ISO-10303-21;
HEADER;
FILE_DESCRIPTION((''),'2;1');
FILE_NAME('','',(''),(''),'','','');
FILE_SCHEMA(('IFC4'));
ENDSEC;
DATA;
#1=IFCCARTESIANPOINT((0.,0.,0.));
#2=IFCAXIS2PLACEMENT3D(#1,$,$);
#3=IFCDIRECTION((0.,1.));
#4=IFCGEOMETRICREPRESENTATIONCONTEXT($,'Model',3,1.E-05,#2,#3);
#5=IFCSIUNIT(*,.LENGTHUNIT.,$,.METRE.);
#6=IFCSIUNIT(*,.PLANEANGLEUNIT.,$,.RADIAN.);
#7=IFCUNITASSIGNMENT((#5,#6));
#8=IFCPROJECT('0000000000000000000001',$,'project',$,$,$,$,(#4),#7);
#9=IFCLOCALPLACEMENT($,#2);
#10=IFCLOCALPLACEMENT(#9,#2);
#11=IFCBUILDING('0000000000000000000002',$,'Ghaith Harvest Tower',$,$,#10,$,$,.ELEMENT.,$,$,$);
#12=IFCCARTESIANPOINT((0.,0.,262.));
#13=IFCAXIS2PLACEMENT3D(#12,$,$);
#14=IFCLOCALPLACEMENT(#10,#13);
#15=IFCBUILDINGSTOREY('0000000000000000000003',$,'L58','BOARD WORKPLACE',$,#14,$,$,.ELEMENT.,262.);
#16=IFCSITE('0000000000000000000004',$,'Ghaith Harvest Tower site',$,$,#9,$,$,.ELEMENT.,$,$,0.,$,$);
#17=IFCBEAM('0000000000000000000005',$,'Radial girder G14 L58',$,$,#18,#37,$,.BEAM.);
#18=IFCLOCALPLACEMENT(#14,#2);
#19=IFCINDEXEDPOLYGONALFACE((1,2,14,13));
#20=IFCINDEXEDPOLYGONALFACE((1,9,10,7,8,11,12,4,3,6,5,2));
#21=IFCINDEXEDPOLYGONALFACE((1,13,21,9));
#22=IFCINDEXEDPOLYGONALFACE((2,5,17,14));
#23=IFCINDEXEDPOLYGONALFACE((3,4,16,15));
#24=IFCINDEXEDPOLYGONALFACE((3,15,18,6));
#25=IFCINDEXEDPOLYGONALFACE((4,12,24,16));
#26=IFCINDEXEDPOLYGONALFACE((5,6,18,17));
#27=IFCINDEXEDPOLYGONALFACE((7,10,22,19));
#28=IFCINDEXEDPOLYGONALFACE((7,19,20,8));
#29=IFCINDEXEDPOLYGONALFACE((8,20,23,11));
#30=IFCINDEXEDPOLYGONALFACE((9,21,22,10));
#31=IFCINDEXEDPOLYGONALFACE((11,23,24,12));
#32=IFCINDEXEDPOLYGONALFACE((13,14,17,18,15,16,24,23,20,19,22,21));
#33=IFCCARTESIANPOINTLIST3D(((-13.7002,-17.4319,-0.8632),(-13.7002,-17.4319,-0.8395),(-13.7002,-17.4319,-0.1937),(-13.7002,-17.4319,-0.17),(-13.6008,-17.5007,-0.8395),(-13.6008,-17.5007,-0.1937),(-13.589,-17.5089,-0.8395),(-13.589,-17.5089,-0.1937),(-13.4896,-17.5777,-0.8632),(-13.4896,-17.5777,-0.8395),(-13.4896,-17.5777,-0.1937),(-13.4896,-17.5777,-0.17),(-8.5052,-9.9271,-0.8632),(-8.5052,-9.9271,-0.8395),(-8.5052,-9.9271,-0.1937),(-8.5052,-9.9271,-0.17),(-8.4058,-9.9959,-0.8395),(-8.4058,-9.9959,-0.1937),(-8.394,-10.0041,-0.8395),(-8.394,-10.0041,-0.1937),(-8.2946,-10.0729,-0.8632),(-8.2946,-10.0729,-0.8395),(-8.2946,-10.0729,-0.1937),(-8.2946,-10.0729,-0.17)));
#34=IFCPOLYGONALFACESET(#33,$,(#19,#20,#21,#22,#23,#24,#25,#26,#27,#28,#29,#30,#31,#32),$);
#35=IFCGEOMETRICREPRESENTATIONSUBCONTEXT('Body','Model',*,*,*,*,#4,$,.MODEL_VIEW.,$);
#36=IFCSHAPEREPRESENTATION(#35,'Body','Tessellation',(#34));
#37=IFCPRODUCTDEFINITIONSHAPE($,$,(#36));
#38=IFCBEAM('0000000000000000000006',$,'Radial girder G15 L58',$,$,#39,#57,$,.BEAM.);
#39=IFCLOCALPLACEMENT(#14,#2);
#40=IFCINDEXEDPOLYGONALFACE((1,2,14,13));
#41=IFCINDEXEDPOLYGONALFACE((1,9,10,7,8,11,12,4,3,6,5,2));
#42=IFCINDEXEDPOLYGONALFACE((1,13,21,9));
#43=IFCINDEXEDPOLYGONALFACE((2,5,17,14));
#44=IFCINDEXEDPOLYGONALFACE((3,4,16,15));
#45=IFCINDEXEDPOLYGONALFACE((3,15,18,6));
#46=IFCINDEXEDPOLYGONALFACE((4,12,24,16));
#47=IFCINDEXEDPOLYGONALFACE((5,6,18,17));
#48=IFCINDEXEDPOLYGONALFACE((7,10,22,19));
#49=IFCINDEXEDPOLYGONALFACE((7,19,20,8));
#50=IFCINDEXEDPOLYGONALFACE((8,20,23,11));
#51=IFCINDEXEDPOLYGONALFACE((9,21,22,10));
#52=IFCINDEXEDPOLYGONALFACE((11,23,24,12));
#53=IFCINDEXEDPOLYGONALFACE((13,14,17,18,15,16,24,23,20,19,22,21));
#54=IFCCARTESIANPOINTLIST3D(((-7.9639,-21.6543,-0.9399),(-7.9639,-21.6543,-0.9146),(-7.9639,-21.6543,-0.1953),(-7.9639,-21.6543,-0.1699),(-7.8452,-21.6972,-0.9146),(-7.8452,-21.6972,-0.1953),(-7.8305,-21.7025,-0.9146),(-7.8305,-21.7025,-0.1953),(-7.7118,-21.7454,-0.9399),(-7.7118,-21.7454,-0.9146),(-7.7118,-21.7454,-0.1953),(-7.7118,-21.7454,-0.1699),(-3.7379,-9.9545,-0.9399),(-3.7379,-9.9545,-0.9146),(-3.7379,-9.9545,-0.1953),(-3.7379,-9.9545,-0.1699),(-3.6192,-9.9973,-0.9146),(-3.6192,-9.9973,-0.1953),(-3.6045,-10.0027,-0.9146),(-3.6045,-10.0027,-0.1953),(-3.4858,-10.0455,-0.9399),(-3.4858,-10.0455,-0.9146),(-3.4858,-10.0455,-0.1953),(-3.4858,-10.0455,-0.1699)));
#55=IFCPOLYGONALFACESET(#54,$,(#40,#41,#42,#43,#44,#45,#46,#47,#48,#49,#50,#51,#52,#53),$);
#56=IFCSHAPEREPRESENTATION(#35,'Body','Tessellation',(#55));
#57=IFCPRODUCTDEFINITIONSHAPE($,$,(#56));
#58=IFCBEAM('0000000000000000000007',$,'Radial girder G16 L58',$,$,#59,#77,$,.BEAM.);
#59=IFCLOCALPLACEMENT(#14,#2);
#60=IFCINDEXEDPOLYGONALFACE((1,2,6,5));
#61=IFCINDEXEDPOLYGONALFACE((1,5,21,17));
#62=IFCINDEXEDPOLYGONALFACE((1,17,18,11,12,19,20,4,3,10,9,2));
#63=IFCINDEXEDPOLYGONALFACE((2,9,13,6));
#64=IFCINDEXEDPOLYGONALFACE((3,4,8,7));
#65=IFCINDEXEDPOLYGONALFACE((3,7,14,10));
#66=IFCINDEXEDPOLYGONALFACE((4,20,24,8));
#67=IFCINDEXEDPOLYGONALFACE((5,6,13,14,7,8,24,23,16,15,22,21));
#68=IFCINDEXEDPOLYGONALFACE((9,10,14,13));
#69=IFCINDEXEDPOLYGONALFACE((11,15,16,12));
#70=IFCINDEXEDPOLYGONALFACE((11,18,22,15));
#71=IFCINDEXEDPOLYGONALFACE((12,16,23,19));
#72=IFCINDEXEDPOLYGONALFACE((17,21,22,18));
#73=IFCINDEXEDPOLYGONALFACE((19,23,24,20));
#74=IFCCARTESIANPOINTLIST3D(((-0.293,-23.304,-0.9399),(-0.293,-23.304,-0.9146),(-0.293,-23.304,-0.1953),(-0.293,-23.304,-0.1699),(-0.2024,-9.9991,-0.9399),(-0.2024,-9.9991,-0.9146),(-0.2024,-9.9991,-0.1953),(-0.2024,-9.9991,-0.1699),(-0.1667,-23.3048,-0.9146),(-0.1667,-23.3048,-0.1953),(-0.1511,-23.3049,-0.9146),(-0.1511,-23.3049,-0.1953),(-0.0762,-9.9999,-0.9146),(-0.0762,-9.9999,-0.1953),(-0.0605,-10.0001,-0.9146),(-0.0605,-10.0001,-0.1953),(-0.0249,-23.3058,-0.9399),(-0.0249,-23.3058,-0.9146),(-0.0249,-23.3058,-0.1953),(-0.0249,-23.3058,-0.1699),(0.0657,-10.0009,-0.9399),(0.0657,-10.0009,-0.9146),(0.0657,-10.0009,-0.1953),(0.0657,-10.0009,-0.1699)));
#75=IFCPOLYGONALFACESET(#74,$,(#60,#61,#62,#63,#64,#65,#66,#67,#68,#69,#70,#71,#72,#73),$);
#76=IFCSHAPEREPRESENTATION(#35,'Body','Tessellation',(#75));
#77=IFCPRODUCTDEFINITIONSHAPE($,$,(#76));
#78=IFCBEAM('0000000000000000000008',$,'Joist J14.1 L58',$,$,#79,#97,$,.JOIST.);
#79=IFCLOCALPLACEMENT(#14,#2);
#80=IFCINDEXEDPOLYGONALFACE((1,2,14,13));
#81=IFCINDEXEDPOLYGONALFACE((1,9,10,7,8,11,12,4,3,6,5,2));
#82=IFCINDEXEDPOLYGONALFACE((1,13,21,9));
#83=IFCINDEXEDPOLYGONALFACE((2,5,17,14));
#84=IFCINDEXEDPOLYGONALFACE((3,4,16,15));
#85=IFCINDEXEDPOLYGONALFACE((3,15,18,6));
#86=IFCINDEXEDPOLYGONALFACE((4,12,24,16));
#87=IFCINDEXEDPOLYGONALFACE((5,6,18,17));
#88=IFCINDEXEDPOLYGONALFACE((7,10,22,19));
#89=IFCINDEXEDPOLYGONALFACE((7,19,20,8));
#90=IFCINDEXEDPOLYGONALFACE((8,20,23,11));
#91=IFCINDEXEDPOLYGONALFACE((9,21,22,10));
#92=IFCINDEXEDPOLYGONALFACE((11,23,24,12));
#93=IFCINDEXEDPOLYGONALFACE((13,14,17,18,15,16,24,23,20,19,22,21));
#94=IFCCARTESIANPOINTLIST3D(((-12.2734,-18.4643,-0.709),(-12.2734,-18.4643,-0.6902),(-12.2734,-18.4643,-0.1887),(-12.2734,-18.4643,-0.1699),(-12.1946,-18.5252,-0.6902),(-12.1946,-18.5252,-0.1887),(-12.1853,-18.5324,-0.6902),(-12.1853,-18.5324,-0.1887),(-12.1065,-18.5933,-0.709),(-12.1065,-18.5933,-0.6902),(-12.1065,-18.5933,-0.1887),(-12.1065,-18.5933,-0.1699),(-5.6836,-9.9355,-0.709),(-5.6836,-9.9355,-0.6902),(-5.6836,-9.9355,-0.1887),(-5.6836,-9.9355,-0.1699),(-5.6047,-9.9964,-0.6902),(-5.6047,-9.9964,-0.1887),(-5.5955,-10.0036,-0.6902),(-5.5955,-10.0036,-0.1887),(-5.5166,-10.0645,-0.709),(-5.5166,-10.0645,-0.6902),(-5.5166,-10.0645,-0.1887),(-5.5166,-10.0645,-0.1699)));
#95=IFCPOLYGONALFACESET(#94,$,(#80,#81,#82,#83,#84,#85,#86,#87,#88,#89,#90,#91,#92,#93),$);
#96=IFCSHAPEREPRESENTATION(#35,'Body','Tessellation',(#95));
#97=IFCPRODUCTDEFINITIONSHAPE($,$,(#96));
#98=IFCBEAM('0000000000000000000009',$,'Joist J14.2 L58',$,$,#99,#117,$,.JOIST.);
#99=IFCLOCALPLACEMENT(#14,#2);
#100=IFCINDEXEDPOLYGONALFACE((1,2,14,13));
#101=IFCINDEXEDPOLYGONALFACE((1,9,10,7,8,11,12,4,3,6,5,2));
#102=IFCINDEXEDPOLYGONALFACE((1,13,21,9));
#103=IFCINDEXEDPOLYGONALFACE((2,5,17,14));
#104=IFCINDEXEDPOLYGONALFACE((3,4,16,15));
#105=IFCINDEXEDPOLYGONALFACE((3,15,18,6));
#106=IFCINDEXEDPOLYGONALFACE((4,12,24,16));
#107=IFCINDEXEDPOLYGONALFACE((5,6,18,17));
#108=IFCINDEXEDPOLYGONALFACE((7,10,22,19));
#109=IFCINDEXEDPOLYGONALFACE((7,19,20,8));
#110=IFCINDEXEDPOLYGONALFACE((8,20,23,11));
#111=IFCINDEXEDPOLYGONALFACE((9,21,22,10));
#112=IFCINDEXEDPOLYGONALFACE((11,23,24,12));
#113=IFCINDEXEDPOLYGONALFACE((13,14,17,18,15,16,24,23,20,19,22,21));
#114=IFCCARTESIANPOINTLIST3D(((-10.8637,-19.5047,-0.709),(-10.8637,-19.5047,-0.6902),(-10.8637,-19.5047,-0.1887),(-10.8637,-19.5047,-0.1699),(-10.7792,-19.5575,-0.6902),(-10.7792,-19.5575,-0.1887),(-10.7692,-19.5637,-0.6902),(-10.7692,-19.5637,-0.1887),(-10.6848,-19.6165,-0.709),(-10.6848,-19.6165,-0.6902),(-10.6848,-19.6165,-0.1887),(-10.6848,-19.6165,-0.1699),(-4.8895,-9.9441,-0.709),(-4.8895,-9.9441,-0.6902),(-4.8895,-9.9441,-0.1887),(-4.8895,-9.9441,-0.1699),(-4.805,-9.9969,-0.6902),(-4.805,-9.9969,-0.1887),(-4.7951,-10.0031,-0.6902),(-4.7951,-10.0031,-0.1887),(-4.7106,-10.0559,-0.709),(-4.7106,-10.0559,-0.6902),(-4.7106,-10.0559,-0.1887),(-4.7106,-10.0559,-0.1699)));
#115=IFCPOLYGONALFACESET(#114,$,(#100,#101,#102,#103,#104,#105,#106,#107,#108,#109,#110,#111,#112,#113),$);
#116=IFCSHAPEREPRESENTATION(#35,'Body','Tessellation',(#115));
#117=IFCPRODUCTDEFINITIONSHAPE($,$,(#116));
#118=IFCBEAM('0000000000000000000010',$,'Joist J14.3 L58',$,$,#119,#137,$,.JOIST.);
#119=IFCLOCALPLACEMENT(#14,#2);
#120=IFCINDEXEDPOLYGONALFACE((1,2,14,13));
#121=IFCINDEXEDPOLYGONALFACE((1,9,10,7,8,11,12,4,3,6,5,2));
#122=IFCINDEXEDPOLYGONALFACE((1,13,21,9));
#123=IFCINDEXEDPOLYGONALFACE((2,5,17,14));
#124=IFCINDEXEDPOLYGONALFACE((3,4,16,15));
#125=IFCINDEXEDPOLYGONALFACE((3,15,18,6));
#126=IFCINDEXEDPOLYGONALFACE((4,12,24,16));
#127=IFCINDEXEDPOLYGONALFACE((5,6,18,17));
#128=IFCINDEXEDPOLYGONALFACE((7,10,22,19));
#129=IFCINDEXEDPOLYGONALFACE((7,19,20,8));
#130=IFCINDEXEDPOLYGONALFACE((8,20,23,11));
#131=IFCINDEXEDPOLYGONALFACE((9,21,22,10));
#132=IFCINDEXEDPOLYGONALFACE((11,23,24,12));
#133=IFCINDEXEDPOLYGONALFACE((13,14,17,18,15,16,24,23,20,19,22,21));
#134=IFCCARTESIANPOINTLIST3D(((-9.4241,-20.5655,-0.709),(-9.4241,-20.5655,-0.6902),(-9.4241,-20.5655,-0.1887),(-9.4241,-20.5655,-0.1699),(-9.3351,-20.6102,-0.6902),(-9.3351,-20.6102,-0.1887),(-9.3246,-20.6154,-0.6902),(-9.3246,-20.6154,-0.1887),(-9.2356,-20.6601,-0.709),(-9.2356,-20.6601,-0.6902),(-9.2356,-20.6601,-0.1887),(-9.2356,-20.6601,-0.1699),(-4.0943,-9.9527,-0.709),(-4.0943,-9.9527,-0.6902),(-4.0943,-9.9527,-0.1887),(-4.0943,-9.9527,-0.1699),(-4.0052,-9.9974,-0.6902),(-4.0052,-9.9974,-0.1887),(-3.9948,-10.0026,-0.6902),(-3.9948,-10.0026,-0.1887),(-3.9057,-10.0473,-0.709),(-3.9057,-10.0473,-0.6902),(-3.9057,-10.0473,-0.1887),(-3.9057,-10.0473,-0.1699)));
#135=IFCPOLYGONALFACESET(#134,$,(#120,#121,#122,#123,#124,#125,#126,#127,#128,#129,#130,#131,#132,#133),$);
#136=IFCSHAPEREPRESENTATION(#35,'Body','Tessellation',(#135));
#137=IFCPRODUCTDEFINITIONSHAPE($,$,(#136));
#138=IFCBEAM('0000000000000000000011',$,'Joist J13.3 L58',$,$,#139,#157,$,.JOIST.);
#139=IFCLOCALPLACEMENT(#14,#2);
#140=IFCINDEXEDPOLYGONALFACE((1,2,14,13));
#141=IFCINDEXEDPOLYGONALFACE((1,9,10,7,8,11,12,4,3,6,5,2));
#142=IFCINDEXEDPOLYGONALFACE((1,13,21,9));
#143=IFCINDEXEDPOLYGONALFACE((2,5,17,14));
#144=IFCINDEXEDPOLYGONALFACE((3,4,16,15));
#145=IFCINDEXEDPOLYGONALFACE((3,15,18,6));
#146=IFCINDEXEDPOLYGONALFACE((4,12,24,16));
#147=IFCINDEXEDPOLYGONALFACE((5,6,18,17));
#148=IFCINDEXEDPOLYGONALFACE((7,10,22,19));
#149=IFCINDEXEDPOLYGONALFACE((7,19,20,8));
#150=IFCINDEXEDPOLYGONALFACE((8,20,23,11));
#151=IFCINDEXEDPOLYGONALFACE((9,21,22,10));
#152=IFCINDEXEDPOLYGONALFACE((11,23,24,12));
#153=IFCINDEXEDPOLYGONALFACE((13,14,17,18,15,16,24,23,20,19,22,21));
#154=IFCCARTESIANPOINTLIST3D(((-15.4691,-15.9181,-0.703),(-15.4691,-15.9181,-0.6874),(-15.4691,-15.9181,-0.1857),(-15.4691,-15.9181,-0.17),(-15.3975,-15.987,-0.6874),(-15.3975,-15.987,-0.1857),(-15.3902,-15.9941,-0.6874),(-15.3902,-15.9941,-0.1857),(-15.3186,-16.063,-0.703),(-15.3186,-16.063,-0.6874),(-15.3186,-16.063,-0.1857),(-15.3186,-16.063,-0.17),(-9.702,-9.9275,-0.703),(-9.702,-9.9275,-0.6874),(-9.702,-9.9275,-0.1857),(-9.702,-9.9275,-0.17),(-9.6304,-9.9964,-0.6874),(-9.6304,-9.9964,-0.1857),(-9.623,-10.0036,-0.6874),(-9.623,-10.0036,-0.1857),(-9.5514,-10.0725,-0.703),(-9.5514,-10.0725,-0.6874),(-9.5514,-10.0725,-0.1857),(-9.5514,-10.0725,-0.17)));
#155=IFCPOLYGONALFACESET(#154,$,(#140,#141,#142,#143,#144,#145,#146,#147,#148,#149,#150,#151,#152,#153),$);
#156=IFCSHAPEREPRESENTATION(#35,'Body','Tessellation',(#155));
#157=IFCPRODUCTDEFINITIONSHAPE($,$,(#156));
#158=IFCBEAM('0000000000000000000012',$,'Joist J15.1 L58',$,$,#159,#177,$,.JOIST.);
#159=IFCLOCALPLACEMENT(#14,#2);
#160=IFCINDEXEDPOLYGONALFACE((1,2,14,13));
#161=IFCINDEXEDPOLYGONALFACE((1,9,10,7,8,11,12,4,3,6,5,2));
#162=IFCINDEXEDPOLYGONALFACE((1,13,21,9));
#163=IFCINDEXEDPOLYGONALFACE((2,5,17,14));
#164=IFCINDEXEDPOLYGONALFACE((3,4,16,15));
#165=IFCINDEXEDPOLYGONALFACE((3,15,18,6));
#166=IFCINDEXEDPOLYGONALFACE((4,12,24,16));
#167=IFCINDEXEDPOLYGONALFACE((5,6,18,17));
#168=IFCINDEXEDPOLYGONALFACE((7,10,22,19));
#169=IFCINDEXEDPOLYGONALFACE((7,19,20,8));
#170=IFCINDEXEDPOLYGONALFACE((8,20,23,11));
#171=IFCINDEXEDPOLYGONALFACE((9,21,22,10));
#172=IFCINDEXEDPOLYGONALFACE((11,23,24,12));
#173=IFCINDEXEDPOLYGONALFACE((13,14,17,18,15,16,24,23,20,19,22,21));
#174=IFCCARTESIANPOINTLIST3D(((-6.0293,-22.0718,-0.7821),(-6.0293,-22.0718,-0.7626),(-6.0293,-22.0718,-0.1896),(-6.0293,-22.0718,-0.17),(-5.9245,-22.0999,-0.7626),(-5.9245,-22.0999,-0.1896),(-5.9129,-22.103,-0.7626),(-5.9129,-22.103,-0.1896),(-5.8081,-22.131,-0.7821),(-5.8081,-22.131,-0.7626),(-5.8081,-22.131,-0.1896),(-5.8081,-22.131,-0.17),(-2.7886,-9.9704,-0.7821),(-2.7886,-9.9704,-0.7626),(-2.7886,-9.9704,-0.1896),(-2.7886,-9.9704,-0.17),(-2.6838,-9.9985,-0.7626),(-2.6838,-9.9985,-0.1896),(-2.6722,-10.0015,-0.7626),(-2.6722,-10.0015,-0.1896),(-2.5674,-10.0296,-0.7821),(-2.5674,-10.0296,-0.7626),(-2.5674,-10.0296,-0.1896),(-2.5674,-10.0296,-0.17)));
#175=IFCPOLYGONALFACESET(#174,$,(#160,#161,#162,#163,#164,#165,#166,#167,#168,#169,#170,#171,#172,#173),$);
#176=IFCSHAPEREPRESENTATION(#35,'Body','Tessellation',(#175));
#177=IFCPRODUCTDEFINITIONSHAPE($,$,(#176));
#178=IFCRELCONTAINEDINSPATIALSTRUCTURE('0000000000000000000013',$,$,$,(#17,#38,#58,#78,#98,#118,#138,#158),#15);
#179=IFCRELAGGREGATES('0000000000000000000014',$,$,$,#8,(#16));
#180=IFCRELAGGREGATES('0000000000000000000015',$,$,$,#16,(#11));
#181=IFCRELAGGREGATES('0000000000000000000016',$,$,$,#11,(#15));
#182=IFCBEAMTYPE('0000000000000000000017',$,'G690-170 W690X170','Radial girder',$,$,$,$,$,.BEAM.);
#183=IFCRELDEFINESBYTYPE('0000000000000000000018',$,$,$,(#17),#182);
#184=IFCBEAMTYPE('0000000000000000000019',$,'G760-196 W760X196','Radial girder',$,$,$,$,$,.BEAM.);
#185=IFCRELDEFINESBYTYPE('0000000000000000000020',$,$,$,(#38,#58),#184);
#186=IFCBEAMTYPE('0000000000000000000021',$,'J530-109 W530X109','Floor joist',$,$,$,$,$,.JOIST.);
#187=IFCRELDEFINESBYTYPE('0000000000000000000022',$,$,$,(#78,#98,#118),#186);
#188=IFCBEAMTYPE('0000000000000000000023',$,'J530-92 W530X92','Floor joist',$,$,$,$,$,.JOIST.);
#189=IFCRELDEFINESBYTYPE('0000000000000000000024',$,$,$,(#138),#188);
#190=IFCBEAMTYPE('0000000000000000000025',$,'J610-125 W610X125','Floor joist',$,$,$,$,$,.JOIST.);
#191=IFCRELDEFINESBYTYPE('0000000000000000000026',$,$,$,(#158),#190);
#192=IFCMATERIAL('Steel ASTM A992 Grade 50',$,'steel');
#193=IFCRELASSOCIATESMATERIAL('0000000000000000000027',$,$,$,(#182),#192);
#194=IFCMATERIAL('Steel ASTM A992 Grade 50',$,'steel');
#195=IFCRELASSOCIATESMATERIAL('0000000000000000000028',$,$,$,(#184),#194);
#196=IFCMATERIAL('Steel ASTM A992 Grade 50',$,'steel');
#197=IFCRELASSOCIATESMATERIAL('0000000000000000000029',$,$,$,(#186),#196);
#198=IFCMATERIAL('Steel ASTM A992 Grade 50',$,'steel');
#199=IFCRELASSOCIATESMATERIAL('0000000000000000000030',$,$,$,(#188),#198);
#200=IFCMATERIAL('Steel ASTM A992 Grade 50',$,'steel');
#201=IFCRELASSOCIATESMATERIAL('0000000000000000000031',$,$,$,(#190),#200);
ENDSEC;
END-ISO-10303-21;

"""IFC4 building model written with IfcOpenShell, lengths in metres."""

from ifc_helpers import new_model, si_unit, direction, frame, origin, origin_2d, place, context, subcontext, project, spatial, i_section, extrude, material, material_profile, profile_set, type_object, element, save


model = new_model("IFC4")

# Units and contexts
model_context = context("Model", 3, precision=1e-05, world=origin(), true_north=direction((0.0, 1.0)))
body_context = subcontext(model_context, "Body", "Model", "MODEL_VIEW")
ifc_project = project(units=[si_unit("LENGTHUNIT", "METRE"), si_unit("PLANEANGLEUNIT", "RADIAN")], contexts=[model_context])

# Site, building, storey
site_placement = place(None, origin())
site = spatial("IfcSite", under=ifc_project, at=site_placement, Name="Ghaith Harvest Tower site", CompositionType="ELEMENT", RefElevation=0.0)
building_placement = place(site_placement, origin())
building = spatial("IfcBuilding", under=site, at=building_placement, Name="Ghaith Harvest Tower", CompositionType="ELEMENT")
storey_placement = place(building_placement, frame((0.0, 0.0, 262.0)))
storey = spatial("IfcBuildingStorey", under=building, at=storey_placement, Name="L58", Description="BOARD WORKPLACE", CompositionType="ELEMENT", Elevation=262.0)

# Beams
ifc_material_1 = material(Name="Steel ASTM A992 Grade 50", Category="steel")
ifc_material_profile_1 = material_profile(ifc_material_1, i_section(OverallWidth=0.2561, OverallDepth=0.6931, WebThickness=0.0144, FlangeThickness=0.0237, at=origin_2d()), Name="W690X170")
ifc_profile_set_1 = profile_set([ifc_material_profile_1], Name="Steel ASTM A992 Grade 50")
beam_type_1 = type_object("IfcBeamType", Name="G690-170 W690X170", Description="Radial girder", PredefinedType="BEAM", material=ifc_profile_set_1)
beam_1_placement = place(storey_placement, frame((-8.3999, -10.0, -0.5166), z_axis=(-0.569164, -0.822224, 0.0), x_axis=(0.822224, -0.569164, 0.0)))
element("IfcBeam", 1, at=beam_1_placement, inside=storey, type_object=beam_type_1, Name="Radial girder G14 L58", PredefinedType="BEAM", context=body_context, shape_type="SweptSolid", body=[
    extrude(i_section(OverallWidth=0.2561, OverallDepth=0.6931, WebThickness=0.0144, FlangeThickness=0.0237, at=origin_2d()), origin(), (0.0, 0.0, 1.0), 9.1274),
])
ifc_material_2 = material(Name="Steel ASTM A992 Grade 50", Category="steel")
ifc_material_profile_2 = material_profile(ifc_material_2, i_section(OverallWidth=0.2681, OverallDepth=0.77, WebThickness=0.0156, FlangeThickness=0.0254, at=origin_2d()), Name="W760X196")
ifc_profile_set_2 = profile_set([ifc_material_profile_2], Name="Steel ASTM A992 Grade 50")
beam_type_2 = type_object("IfcBeamType", Name="G760-196 W760X196", Description="Radial girder", PredefinedType="BEAM", material=ifc_profile_set_2)
beam_2_placement = place(storey_placement, frame((-3.6118, -10.0, -0.5549), z_axis=(-0.339722, -0.940526, 0.0), x_axis=(0.940526, -0.339722, 0.0)))
element("IfcBeam", 2, at=beam_2_placement, inside=storey, type_object=beam_type_2, Name="Radial girder G15 L58", PredefinedType="BEAM", context=body_context, shape_type="SweptSolid", body=[
    extrude(i_section(OverallWidth=0.2681, OverallDepth=0.77, WebThickness=0.0156, FlangeThickness=0.0254, at=origin_2d()), origin(), (0.0, 0.0, 1.0), 12.4397),
])
beam_3_placement = place(storey_placement, frame((-0.0684, -10.0, -0.5549), z_axis=(-0.006808, -0.999977, 0.0), x_axis=(0.999977, -0.006808, 0.0)))
element("IfcBeam", 3, at=beam_3_placement, inside=storey, type_object=beam_type_2, Name="Radial girder G16 L58", PredefinedType="BEAM", context=body_context, shape_type="SweptSolid", body=[
    extrude(i_section(OverallWidth=0.2681, OverallDepth=0.77, WebThickness=0.0156, FlangeThickness=0.0254, at=origin_2d()), origin(), (0.0, 0.0, 1.0), 13.3052),
])
ifc_material_3 = material(Name="Steel ASTM A992 Grade 50", Category="steel")
ifc_material_profile_3 = material_profile(ifc_material_3, i_section(OverallWidth=0.2109, OverallDepth=0.5391, WebThickness=0.0117, FlangeThickness=0.0188, at=origin_2d()), Name="W530X109")
ifc_profile_set_3 = profile_set([ifc_material_profile_3], Name="Steel ASTM A992 Grade 50")
beam_type_3 = type_object("IfcBeamType", Name="J530-109 W530X109", Description="Floor joist", PredefinedType="JOIST", material=ifc_profile_set_3)
beam_4_placement = place(storey_placement, frame((-5.6001, -10.0, -0.4395), z_axis=(-0.611413, -0.791312, 0.0), x_axis=(0.791312, -0.611413, 0.0)))
element("IfcBeam", 4, at=beam_4_placement, inside=storey, type_object=beam_type_3, Name="Joist J14.1 L58", PredefinedType="JOIST", context=body_context, shape_type="SweptSolid", body=[
    extrude(i_section(OverallWidth=0.2109, OverallDepth=0.5391, WebThickness=0.0117, FlangeThickness=0.0188, at=origin_2d()), origin(), (0.0, 0.0, 1.0), 10.7781),
])
beam_5_placement = place(storey_placement, frame((-4.8, -10.0, -0.4395), z_axis=(-0.529921, -0.848047, 0.0), x_axis=(0.848047, -0.529921, 0.0)))
element("IfcBeam", 5, at=beam_5_placement, inside=storey, type_object=beam_type_3, Name="Joist J14.2 L58", PredefinedType="JOIST", context=body_context, shape_type="SweptSolid", body=[
    extrude(i_section(OverallWidth=0.2109, OverallDepth=0.5391, WebThickness=0.0117, FlangeThickness=0.0188, at=origin_2d()), origin(), (0.0, 0.0, 1.0), 11.2737),
])
beam_6_placement = place(storey_placement, frame((-4.0, -10.0, -0.4395), z_axis=(-0.448792, -0.893636, 0.0), x_axis=(0.893636, -0.448792, 0.0)))
element("IfcBeam", 6, at=beam_6_placement, inside=storey, type_object=beam_type_3, Name="Joist J14.3 L58", PredefinedType="JOIST", context=body_context, shape_type="SweptSolid", body=[
    extrude(i_section(OverallWidth=0.2109, OverallDepth=0.5391, WebThickness=0.0117, FlangeThickness=0.0188, at=origin_2d()), origin(), (0.0, 0.0, 1.0), 11.876),
])
ifc_material_4 = material(Name="Steel ASTM A992 Grade 50", Category="steel")
ifc_material_profile_4 = material_profile(ifc_material_4, i_section(OverallWidth=0.209, OverallDepth=0.533, WebThickness=0.0103, FlangeThickness=0.0156, at=origin_2d()), Name="W530X92")
ifc_profile_set_4 = profile_set([ifc_material_profile_4], Name="Steel ASTM A992 Grade 50")
beam_type_4 = type_object("IfcBeamType", Name="J530-92 W530X92", Description="Floor joist", PredefinedType="JOIST", material=ifc_profile_set_4)
beam_7_placement = place(storey_placement, frame((-9.6267, -10.0, -0.4365), z_axis=(-0.693547, -0.720411, 0.0), x_axis=(0.720411, -0.693547, 0.0)))
element("IfcBeam", 7, at=beam_7_placement, inside=storey, type_object=beam_type_4, Name="Joist J13.3 L58", PredefinedType="JOIST", context=body_context, shape_type="SweptSolid", body=[
    extrude(i_section(OverallWidth=0.209, OverallDepth=0.533, WebThickness=0.0103, FlangeThickness=0.0156, at=origin_2d()), origin(), (0.0, 0.0, 1.0), 8.3154),
])
ifc_material_5 = material(Name="Steel ASTM A992 Grade 50", Category="steel")
ifc_material_profile_5 = material_profile(ifc_material_5, i_section(OverallWidth=0.229, OverallDepth=0.6121, WebThickness=0.012, FlangeThickness=0.0195, at=origin_2d()), Name="W610X125")
ifc_profile_set_5 = profile_set([ifc_material_profile_5], Name="Steel ASTM A992 Grade 50")
beam_type_5 = type_object("IfcBeamType", Name="J610-125 W610X125", Description="Floor joist", PredefinedType="JOIST", material=ifc_profile_set_5)
beam_8_placement = place(storey_placement, frame((-2.678, -10.0, -0.4761), z_axis=(-0.258684, -0.965962, 0.0), x_axis=(0.965962, -0.258684, 0.0)))
element("IfcBeam", 8, at=beam_8_placement, inside=storey, type_object=beam_type_5, Name="Joist J15.1 L58", PredefinedType="JOIST", context=body_context, shape_type="SweptSolid", body=[
    extrude(i_section(OverallWidth=0.229, OverallDepth=0.6121, WebThickness=0.012, FlangeThickness=0.0195, at=origin_2d()), origin(), (0.0, 0.0, 1.0), 12.5278),
])

save(model, "model.ifc")
